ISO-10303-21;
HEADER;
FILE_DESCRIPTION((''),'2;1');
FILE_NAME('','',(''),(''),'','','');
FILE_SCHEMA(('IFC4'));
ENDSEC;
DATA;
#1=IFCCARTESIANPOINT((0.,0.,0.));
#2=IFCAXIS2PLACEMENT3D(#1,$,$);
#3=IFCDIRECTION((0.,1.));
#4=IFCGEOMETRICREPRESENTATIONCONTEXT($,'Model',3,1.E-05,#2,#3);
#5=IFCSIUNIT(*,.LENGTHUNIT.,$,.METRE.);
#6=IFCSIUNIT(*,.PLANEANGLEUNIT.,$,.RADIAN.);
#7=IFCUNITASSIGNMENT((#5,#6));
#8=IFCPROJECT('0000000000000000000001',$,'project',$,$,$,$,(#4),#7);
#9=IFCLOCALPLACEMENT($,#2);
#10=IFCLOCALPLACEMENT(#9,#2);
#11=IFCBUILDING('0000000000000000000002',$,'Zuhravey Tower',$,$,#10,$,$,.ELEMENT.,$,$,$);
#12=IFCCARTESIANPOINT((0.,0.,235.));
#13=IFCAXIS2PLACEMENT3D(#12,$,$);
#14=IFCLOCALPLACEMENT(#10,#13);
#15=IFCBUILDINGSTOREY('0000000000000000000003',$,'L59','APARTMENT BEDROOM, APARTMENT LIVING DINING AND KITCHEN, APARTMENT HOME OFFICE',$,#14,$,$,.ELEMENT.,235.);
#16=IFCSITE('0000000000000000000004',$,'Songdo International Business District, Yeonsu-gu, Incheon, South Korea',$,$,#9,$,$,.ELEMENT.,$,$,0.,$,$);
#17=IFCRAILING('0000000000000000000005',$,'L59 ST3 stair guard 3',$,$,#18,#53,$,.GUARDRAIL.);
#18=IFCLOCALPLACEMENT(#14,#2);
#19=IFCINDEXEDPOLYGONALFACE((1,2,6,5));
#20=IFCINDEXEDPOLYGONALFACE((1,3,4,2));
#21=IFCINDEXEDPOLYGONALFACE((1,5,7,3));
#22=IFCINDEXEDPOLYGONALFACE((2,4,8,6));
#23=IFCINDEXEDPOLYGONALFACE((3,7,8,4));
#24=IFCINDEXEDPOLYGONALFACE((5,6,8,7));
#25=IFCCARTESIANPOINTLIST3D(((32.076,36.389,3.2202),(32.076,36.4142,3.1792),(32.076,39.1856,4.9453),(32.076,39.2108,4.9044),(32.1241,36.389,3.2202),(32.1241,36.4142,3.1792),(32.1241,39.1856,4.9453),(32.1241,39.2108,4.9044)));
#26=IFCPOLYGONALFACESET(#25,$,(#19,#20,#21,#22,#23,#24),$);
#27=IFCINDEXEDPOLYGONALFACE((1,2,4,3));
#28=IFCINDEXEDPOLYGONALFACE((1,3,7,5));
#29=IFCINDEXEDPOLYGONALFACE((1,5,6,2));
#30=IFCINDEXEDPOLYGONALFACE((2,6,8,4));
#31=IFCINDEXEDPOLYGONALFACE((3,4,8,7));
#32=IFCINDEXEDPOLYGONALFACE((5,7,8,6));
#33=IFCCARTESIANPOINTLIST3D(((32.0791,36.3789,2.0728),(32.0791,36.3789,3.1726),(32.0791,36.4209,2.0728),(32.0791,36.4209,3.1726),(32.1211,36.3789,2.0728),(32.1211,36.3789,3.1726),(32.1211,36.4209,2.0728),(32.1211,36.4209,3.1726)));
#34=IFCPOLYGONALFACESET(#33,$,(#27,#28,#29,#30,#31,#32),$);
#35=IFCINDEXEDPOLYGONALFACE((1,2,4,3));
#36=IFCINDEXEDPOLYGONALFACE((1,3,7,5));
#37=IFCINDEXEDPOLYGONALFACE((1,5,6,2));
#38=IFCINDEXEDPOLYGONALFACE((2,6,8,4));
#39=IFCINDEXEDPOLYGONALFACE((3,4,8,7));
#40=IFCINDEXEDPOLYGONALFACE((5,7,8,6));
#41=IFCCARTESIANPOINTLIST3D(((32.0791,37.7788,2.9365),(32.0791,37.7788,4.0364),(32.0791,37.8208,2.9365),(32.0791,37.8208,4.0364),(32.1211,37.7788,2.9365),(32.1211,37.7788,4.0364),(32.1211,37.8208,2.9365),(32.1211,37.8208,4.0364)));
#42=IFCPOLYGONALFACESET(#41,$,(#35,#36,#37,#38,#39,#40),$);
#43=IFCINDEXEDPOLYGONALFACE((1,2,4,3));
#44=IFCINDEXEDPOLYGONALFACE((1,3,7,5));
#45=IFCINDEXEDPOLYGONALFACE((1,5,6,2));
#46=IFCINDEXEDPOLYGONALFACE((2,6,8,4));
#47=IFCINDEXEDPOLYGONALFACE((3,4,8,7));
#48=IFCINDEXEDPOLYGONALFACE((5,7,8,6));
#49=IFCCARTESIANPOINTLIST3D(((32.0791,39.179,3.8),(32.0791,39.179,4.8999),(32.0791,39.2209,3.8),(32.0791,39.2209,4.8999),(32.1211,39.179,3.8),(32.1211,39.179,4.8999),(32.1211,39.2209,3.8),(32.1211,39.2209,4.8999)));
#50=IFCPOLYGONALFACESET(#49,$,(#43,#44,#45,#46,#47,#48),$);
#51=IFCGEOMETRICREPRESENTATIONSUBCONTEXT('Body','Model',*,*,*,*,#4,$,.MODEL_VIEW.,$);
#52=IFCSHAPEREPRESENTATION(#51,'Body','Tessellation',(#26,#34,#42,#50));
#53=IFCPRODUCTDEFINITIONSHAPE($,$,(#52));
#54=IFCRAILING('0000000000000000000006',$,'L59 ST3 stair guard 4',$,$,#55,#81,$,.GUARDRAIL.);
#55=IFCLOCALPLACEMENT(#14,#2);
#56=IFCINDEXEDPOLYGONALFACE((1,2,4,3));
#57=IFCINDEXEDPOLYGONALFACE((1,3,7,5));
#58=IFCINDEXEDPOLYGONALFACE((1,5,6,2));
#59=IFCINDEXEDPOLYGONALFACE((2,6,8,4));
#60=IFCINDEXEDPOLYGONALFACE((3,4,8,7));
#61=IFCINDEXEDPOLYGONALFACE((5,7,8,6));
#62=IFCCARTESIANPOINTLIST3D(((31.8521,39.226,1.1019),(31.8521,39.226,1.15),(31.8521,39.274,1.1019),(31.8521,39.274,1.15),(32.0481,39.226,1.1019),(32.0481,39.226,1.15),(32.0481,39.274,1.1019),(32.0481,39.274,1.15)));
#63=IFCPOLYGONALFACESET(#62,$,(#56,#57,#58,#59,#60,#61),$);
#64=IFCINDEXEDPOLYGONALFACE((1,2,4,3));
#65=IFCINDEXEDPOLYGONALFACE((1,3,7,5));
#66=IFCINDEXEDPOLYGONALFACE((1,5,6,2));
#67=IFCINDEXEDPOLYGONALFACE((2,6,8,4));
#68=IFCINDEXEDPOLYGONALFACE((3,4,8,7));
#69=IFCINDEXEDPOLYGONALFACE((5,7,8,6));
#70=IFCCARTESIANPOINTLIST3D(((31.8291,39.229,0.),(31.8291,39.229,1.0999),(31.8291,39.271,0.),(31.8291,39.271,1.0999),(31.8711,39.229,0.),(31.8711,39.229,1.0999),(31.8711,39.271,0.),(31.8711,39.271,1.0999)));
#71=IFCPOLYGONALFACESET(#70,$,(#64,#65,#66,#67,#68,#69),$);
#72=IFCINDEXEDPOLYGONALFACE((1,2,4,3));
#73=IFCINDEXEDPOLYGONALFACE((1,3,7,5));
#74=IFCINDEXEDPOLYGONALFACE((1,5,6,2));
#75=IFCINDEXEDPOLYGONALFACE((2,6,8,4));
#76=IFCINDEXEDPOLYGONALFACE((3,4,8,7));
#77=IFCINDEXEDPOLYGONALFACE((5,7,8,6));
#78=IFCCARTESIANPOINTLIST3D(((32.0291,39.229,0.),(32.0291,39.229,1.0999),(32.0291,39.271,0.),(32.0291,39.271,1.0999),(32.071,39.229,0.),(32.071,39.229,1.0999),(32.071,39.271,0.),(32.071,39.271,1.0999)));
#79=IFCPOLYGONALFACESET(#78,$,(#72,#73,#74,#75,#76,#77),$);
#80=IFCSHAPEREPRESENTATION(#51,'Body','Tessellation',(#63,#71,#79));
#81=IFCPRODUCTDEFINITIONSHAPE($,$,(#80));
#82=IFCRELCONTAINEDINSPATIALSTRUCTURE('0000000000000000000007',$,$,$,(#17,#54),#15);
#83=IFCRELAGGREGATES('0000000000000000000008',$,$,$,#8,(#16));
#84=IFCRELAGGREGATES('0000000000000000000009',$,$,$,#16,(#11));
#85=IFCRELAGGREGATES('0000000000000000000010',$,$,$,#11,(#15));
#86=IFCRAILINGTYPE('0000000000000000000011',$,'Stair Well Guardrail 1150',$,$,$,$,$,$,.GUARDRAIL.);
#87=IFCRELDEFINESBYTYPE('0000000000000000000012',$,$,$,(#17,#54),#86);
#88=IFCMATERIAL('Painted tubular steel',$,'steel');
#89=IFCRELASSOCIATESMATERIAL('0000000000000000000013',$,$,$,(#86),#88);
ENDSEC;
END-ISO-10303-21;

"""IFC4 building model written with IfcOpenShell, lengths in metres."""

from ifc_helpers import new_model, si_unit, direction, frame, origin, origin_2d, place, context, subcontext, project, spatial, rectangle, extrude, material, type_object, element, save


model = new_model("IFC4")

# Units and contexts
model_context = context("Model", 3, precision=1e-05, world=origin(), true_north=direction((0.0, 1.0)))
body_context = subcontext(model_context, "Body", "Model", "MODEL_VIEW")
ifc_project = project(units=[si_unit("LENGTHUNIT", "METRE"), si_unit("PLANEANGLEUNIT", "RADIAN")], contexts=[model_context])

# Site, building, storey
site_placement = place(None, origin())
site = spatial("IfcSite", under=ifc_project, at=site_placement, Name="Songdo International Business District, Yeonsu-gu, Incheon, South Korea", CompositionType="ELEMENT", RefElevation=0.0)
building_placement = place(site_placement, origin())
building = spatial("IfcBuilding", under=site, at=building_placement, Name="Zuhravey Tower", CompositionType="ELEMENT")
storey_placement = place(building_placement, frame((0.0, 0.0, 235.0)))
storey = spatial("IfcBuildingStorey", under=building, at=storey_placement, Name="L59", Description="APARTMENT BEDROOM, APARTMENT LIVING DINING AND KITCHEN, APARTMENT HOME OFFICE", CompositionType="ELEMENT", Elevation=235.0)

# Railings
ifc_material_1 = material(Name="Painted tubular steel", Category="steel")
railing_type_1 = type_object("IfcRailingType", Name="Stair Well Guardrail 1150", PredefinedType="GUARDRAIL", material=ifc_material_1)
railing_1_placement = place(storey_placement, frame((32.1001, 36.3999, 2.0728)))
element("IfcRailing", 1, at=railing_1_placement, inside=storey, type_object=railing_type_1, Name="L59 ST3 stair guard 3", PredefinedType="GUARDRAIL", context=body_context, shape_type="SweptSolid", body=[
    extrude(rectangle(XDim=0.0481, YDim=0.0481, at=origin_2d()), frame((0.0, 0.0017, 1.127), z_axis=(0.0, 0.85109, 0.52502), x_axis=(-1.0, 0.0, 0.0)), (0.0, 0.0, 1.0), 3.2859),
    extrude(rectangle(XDim=0.042, YDim=0.042, at=origin_2d()), origin(), (0.0, 0.0, 1.0), 1.0999),
    extrude(rectangle(XDim=0.042, YDim=0.042, at=origin_2d()), frame((0.0, 1.3999, 0.8638)), (0.0, 0.0, 1.0), 1.0999),
    extrude(rectangle(XDim=0.042, YDim=0.042, at=origin_2d()), frame((0.0, 2.8, 1.7273)), (0.0, 0.0, 1.0), 1.0999),
])
railing_2_placement = place(storey_placement, frame((31.8501, 39.25, 0.0)))
element("IfcRailing", 2, at=railing_2_placement, inside=storey, type_object=railing_type_1, Name="L59 ST3 stair guard 4", PredefinedType="GUARDRAIL", context=body_context, shape_type="SweptSolid", body=[
    extrude(rectangle(XDim=0.0481, YDim=0.0481, at=origin_2d()), frame((0.002, 0.0, 1.126), z_axis=(1.0, 0.0, 0.0), x_axis=(0.0, 1.0, 0.0)), (0.0, 0.0, 1.0), 0.196),
    extrude(rectangle(XDim=0.042, YDim=0.042, at=origin_2d()), origin(), (0.0, 0.0, 1.0), 1.0999),
    extrude(rectangle(XDim=0.042, YDim=0.042, at=origin_2d()), frame((0.2, 0.0, 0.0)), (0.0, 0.0, 1.0), 1.0999),
])

save(model, "model.ifc")
